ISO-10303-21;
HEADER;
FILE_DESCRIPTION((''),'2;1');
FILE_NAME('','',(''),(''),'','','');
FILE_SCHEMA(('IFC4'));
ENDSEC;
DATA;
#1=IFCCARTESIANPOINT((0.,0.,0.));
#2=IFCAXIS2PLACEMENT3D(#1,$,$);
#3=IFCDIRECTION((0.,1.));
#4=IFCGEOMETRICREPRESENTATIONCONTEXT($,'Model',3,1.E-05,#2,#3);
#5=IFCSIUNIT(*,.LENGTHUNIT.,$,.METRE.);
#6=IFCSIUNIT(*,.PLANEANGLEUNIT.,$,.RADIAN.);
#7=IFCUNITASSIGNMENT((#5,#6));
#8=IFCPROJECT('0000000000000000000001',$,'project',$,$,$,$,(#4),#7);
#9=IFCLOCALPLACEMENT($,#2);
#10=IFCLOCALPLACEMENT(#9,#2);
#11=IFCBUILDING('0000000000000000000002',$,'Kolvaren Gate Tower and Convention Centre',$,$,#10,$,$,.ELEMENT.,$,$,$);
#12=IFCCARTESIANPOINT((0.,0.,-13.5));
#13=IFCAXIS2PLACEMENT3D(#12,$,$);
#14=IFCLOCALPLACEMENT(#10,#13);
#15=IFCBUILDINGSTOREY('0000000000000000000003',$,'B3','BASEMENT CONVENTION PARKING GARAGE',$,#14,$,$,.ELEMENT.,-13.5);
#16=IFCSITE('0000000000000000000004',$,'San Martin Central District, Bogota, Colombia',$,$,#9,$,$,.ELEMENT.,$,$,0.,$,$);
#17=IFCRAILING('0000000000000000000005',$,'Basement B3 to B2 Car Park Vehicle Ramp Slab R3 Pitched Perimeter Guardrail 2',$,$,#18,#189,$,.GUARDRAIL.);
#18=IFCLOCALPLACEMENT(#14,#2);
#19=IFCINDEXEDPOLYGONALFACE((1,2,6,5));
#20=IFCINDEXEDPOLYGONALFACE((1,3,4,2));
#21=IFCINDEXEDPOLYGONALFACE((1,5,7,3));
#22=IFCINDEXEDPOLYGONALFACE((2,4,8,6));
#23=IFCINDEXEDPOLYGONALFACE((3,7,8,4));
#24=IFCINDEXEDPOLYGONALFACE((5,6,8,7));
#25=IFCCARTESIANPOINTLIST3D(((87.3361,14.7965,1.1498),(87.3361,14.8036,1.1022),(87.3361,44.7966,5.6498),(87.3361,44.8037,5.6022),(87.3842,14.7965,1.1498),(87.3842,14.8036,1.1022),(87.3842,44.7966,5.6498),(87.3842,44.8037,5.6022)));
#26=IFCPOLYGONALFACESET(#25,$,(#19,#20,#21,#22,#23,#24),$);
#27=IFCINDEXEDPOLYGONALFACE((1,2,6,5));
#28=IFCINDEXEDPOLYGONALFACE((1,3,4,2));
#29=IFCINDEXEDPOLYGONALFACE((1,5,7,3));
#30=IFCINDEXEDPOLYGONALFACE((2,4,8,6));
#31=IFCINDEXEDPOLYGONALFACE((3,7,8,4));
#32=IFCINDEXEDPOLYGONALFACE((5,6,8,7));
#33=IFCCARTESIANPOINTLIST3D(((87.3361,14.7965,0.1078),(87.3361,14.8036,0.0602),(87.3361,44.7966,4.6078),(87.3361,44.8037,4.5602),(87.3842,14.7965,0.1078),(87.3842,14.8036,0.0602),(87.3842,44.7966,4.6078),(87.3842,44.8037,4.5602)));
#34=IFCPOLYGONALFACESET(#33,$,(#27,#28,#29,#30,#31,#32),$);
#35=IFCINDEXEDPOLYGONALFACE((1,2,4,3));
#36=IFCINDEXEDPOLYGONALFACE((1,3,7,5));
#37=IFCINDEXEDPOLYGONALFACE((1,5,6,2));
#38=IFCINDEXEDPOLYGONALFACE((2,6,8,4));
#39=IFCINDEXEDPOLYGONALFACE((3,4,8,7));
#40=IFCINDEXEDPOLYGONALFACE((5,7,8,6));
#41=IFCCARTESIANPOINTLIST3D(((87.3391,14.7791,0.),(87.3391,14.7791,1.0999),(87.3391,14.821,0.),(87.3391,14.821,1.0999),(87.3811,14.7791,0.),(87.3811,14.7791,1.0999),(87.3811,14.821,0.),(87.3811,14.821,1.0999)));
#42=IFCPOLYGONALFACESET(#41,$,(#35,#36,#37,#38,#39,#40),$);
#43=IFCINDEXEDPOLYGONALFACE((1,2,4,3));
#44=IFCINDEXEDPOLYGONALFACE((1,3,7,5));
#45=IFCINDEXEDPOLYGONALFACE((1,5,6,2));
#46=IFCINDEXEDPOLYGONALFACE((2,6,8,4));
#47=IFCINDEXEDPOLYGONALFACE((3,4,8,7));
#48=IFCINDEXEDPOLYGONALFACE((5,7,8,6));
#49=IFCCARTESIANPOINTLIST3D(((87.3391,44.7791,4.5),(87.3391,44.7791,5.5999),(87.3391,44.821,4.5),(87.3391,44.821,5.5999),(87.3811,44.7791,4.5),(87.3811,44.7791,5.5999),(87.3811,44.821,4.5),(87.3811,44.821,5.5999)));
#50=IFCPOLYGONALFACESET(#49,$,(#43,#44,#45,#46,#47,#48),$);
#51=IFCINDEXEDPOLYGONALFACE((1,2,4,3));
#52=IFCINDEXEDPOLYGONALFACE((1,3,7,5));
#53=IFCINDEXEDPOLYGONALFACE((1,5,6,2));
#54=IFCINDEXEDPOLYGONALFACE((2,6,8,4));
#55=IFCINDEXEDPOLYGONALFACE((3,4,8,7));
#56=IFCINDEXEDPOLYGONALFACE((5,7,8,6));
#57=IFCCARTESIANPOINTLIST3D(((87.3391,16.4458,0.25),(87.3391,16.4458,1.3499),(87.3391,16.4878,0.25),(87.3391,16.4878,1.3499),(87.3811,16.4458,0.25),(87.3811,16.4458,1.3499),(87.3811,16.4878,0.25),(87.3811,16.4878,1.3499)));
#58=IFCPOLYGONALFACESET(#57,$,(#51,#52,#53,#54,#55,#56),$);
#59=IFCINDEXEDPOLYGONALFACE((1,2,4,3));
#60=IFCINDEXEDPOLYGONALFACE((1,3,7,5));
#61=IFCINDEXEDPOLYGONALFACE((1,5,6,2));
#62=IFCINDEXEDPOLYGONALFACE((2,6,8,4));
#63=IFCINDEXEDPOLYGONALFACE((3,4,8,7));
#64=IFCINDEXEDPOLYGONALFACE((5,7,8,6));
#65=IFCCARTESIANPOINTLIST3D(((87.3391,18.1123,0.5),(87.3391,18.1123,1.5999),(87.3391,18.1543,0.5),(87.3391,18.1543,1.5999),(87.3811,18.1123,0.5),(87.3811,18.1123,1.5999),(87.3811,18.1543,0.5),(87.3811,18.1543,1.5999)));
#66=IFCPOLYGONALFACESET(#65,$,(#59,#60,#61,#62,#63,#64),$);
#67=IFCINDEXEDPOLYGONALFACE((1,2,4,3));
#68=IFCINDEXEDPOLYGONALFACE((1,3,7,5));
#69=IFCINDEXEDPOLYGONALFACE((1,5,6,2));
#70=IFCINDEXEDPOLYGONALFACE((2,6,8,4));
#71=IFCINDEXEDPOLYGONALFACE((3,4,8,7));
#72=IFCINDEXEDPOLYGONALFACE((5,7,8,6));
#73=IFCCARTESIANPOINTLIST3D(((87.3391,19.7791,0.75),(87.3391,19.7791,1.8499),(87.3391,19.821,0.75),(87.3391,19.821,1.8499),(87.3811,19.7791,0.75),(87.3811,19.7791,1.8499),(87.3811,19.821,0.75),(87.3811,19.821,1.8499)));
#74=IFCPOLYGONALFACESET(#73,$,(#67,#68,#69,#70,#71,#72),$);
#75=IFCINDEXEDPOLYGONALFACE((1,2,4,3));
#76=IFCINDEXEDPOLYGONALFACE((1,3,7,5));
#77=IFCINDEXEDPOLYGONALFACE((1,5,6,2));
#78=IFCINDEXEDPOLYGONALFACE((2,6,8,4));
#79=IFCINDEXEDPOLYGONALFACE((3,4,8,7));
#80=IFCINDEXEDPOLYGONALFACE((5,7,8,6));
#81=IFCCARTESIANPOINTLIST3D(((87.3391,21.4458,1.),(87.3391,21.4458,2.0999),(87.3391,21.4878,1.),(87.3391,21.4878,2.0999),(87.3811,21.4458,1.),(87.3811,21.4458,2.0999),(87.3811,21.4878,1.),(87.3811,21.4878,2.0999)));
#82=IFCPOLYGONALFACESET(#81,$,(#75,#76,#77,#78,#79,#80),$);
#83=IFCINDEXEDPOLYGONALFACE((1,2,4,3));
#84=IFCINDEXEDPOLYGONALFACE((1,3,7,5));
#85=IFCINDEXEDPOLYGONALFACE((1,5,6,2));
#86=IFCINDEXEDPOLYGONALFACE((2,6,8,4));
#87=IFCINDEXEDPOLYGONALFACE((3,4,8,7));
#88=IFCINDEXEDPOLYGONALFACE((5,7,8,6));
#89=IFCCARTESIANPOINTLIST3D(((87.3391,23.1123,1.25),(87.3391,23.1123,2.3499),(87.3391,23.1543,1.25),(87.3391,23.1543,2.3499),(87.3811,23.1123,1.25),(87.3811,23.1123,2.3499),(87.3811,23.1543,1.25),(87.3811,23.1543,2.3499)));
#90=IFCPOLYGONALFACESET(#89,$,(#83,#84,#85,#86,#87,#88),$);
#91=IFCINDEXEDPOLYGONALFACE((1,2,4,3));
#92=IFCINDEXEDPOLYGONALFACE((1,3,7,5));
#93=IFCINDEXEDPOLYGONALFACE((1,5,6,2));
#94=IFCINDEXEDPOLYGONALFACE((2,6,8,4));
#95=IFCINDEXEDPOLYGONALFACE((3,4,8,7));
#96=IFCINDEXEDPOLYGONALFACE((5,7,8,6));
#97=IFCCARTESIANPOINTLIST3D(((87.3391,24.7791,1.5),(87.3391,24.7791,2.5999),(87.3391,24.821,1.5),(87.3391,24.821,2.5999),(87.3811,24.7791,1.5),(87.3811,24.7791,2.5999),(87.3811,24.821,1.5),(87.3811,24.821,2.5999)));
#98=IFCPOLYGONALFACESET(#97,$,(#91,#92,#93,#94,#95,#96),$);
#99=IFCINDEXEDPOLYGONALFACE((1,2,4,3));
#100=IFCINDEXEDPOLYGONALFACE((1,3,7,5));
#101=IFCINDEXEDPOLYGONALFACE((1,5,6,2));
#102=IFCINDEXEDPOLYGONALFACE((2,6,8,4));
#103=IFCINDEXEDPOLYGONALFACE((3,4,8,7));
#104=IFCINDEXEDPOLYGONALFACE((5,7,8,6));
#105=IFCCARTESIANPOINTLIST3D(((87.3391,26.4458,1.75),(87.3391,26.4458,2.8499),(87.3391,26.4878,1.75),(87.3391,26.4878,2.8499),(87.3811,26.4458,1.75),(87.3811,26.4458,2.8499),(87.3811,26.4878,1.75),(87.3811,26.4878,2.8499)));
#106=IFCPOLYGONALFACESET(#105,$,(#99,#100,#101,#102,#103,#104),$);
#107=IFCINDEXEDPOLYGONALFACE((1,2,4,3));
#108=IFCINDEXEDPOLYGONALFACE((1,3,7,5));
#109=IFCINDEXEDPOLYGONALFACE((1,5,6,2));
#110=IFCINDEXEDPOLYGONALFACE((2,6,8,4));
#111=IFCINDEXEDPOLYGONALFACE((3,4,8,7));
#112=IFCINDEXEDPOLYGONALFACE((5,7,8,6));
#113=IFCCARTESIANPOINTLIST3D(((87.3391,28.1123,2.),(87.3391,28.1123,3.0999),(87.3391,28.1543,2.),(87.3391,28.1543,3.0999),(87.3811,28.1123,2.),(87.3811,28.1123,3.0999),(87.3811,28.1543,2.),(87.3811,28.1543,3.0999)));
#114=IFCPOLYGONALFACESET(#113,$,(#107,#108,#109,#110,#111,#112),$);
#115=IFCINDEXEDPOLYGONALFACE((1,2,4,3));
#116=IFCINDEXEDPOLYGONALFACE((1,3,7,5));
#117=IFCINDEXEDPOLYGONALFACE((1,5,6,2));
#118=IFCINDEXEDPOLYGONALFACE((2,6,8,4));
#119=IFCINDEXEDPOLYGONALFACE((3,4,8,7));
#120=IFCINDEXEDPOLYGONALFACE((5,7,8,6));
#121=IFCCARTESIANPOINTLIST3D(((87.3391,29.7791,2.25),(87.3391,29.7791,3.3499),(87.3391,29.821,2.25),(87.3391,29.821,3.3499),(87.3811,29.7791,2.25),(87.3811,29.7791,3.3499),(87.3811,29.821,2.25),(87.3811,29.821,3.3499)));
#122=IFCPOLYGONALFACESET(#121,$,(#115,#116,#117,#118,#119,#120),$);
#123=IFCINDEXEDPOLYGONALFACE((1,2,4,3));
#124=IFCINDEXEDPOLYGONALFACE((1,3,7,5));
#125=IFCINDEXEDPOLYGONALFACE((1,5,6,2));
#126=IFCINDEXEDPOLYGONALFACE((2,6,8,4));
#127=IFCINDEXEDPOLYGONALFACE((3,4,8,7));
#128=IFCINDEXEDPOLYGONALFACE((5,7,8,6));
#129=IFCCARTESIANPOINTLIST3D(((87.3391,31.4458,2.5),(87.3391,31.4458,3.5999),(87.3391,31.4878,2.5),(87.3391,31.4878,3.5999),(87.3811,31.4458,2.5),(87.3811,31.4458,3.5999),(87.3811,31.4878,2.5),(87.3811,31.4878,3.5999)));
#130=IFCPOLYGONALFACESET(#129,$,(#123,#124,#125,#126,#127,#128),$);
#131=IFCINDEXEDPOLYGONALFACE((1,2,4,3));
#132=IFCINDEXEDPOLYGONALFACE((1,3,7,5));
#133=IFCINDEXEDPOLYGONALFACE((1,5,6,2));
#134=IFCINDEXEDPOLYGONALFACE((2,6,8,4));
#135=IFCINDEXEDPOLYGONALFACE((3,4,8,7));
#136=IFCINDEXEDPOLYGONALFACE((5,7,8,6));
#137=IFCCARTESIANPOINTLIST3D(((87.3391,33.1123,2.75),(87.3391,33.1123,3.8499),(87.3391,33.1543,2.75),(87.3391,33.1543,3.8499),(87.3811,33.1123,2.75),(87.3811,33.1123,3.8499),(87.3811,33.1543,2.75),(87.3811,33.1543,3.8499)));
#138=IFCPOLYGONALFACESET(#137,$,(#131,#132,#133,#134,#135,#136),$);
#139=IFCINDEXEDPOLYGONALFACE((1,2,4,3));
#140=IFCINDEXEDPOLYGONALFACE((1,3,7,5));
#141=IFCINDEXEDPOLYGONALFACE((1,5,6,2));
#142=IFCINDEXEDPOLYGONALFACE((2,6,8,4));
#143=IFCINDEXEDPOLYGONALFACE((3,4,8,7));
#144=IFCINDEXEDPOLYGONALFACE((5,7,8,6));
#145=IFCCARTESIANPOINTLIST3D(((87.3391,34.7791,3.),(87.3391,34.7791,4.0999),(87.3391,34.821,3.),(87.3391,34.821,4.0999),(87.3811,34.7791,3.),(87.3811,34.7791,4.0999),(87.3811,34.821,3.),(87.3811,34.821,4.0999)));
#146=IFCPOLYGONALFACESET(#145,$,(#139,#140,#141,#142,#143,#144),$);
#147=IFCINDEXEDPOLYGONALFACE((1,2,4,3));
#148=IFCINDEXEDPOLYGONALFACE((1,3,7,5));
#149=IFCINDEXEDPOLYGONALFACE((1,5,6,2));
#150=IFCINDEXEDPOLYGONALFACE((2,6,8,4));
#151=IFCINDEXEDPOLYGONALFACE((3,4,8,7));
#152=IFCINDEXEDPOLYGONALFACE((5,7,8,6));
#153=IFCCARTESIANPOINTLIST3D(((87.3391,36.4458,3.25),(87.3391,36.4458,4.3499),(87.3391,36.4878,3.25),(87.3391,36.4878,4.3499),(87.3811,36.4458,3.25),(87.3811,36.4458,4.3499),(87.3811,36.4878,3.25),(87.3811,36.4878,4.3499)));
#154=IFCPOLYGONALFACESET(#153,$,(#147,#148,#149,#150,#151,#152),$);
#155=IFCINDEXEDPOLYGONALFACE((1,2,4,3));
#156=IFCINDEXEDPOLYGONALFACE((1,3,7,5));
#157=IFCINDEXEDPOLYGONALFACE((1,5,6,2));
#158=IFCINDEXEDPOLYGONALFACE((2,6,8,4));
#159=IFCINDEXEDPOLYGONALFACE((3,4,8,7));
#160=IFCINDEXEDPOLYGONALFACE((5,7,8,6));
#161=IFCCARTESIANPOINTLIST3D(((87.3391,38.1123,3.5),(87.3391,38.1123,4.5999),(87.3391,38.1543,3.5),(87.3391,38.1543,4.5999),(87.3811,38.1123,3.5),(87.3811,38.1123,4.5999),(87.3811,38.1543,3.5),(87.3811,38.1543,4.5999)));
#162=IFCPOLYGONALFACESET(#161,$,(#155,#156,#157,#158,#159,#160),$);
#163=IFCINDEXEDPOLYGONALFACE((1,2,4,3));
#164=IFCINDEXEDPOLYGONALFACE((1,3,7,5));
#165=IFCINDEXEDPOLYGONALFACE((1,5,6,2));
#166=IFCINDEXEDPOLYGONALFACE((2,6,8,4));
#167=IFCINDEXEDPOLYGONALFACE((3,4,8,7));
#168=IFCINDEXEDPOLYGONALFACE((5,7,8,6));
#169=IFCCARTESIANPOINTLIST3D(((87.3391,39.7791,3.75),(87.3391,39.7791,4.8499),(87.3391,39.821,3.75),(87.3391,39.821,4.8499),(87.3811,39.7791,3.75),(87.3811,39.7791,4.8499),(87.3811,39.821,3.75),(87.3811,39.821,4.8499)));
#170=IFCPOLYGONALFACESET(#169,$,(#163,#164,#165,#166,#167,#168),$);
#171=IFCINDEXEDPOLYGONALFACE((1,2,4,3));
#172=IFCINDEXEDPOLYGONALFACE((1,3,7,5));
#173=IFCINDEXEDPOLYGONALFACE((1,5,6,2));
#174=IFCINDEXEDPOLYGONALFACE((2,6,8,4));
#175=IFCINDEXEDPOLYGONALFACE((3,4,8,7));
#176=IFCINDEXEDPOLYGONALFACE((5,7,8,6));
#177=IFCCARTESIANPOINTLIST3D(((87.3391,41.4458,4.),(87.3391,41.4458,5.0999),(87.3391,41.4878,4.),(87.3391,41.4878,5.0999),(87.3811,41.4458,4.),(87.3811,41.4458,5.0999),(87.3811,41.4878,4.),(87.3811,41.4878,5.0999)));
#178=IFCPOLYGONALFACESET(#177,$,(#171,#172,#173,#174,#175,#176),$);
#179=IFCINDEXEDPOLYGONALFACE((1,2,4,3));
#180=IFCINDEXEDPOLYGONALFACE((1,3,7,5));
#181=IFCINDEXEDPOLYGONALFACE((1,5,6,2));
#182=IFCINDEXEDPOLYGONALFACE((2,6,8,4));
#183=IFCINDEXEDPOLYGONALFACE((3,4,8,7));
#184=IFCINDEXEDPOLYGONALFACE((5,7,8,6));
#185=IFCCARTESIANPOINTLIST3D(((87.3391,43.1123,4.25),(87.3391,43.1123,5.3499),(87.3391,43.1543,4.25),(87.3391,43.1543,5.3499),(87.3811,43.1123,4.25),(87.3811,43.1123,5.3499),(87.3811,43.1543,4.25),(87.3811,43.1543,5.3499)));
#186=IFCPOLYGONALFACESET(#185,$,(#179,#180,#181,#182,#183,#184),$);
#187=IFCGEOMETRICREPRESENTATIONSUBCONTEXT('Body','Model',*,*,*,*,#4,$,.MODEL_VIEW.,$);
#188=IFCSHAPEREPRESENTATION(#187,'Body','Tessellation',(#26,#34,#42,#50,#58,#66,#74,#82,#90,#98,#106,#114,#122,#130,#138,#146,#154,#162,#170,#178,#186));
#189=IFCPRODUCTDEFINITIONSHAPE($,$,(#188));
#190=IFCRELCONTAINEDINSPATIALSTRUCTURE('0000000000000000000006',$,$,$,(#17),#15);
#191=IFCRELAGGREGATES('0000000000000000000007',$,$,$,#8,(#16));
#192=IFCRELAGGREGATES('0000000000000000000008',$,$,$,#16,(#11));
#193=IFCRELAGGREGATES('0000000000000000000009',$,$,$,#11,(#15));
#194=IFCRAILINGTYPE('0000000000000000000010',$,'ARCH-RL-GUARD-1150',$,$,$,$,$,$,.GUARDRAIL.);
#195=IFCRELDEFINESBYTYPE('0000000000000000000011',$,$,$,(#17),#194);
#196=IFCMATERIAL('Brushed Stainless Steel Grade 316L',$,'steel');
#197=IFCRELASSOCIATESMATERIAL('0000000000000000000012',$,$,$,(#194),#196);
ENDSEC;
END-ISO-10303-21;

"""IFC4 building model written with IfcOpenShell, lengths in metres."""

from ifc_helpers import new_model, si_unit, direction, frame, origin, origin_2d, place, context, subcontext, project, spatial, rectangle, extrude, material, type_object, element, save


model = new_model("IFC4")

# Units and contexts
model_context = context("Model", 3, precision=1e-05, world=origin(), true_north=direction((0.0, 1.0)))
body_context = subcontext(model_context, "Body", "Model", "MODEL_VIEW")
ifc_project = project(units=[si_unit("LENGTHUNIT", "METRE"), si_unit("PLANEANGLEUNIT", "RADIAN")], contexts=[model_context])

# Site, building, storey
site_placement = place(None, origin())
site = spatial("IfcSite", under=ifc_project, at=site_placement, Name="San Martin Central District, Bogota, Colombia", CompositionType="ELEMENT", RefElevation=0.0)
building_placement = place(site_placement, origin())
building = spatial("IfcBuilding", under=site, at=building_placement, Name="Kolvaren Gate Tower and Convention Centre", CompositionType="ELEMENT")
storey_placement = place(building_placement, frame((0.0, 0.0, -13.5)))
storey = spatial("IfcBuildingStorey", under=building, at=storey_placement, Name="B3", Description="BASEMENT CONVENTION PARKING GARAGE", CompositionType="ELEMENT", Elevation=-13.5)

# Railing
ifc_material_1 = material(Name="Brushed Stainless Steel Grade 316L", Category="steel")
railing_type = type_object("IfcRailingType", Name="ARCH-RL-GUARD-1150", PredefinedType="GUARDRAIL", material=ifc_material_1)
railing_1_placement = place(storey_placement, frame((87.3601, 14.8, 0.0)))
element("IfcRailing", 1, at=railing_1_placement, inside=storey, type_object=railing_type, Name="Basement B3 to B2 Car Park Vehicle Ramp Slab R3 Pitched Perimeter Guardrail 2", PredefinedType="GUARDRAIL", context=body_context, shape_type="SweptSolid", body=[
    extrude(rectangle(XDim=0.0481, YDim=0.0481, at=origin_2d()), frame((0.0, 0.0, 1.126), z_axis=(0.0, 0.988936, 0.14834), x_axis=(-1.0, 0.0, 0.0)), (0.0, 0.0, 1.0), 30.3357),
    extrude(rectangle(XDim=0.0481, YDim=0.0481, at=origin_2d()), frame((0.0, 0.0, 0.084), z_axis=(0.0, 0.988936, 0.14834), x_axis=(-1.0, 0.0, 0.0)), (0.0, 0.0, 1.0), 30.3357),
    extrude(rectangle(XDim=0.042, YDim=0.042, at=origin_2d()), origin(), (0.0, 0.0, 1.0), 1.0999),
    extrude(rectangle(XDim=0.042, YDim=0.042, at=origin_2d()), frame((0.0, 30.0, 4.5)), (0.0, 0.0, 1.0), 1.0999),
    extrude(rectangle(XDim=0.042, YDim=0.042, at=origin_2d()), frame((0.0, 1.6667, 0.25)), (0.0, 0.0, 1.0), 1.0999),
    extrude(rectangle(XDim=0.042, YDim=0.042, at=origin_2d()), frame((0.0, 3.3333, 0.5)), (0.0, 0.0, 1.0), 1.0999),
    extrude(rectangle(XDim=0.042, YDim=0.042, at=origin_2d()), frame((0.0, 5.0, 0.75)), (0.0, 0.0, 1.0), 1.0999),
    extrude(rectangle(XDim=0.042, YDim=0.042, at=origin_2d()), frame((0.0, 6.6667, 1.0)), (0.0, 0.0, 1.0), 1.0999),
    extrude(rectangle(XDim=0.042, YDim=0.042, at=origin_2d()), frame((0.0, 8.3333, 1.25)), (0.0, 0.0, 1.0), 1.0999),
    extrude(rectangle(XDim=0.042, YDim=0.042, at=origin_2d()), frame((0.0, 10.0, 1.5)), (0.0, 0.0, 1.0), 1.0999),
    extrude(rectangle(XDim=0.042, YDim=0.042, at=origin_2d()), frame((0.0, 11.6667, 1.75)), (0.0, 0.0, 1.0), 1.0999),
    extrude(rectangle(XDim=0.042, YDim=0.042, at=origin_2d()), frame((0.0, 13.3333, 2.0)), (0.0, 0.0, 1.0), 1.0999),
    extrude(rectangle(XDim=0.042, YDim=0.042, at=origin_2d()), frame((0.0, 15.0, 2.25)), (0.0, 0.0, 1.0), 1.0999),
    extrude(rectangle(XDim=0.042, YDim=0.042, at=origin_2d()), frame((0.0, 16.6667, 2.5)), (0.0, 0.0, 1.0), 1.0999),
    extrude(rectangle(XDim=0.042, YDim=0.042, at=origin_2d()), frame((0.0, 18.3333, 2.75)), (0.0, 0.0, 1.0), 1.0999),
    extrude(rectangle(XDim=0.042, YDim=0.042, at=origin_2d()), frame((0.0, 20.0, 3.0)), (0.0, 0.0, 1.0), 1.0999),
    extrude(rectangle(XDim=0.042, YDim=0.042, at=origin_2d()), frame((0.0, 21.6667, 3.25)), (0.0, 0.0, 1.0), 1.0999),
    extrude(rectangle(XDim=0.042, YDim=0.042, at=origin_2d()), frame((0.0, 23.3333, 3.5)), (0.0, 0.0, 1.0), 1.0999),
    extrude(rectangle(XDim=0.042, YDim=0.042, at=origin_2d()), frame((0.0, 25.0, 3.75)), (0.0, 0.0, 1.0), 1.0999),
    extrude(rectangle(XDim=0.042, YDim=0.042, at=origin_2d()), frame((0.0, 26.6667, 4.0)), (0.0, 0.0, 1.0), 1.0999),
    extrude(rectangle(XDim=0.042, YDim=0.042, at=origin_2d()), frame((0.0, 28.3333, 4.25)), (0.0, 0.0, 1.0), 1.0999),
])

save(model, "model.ifc")
